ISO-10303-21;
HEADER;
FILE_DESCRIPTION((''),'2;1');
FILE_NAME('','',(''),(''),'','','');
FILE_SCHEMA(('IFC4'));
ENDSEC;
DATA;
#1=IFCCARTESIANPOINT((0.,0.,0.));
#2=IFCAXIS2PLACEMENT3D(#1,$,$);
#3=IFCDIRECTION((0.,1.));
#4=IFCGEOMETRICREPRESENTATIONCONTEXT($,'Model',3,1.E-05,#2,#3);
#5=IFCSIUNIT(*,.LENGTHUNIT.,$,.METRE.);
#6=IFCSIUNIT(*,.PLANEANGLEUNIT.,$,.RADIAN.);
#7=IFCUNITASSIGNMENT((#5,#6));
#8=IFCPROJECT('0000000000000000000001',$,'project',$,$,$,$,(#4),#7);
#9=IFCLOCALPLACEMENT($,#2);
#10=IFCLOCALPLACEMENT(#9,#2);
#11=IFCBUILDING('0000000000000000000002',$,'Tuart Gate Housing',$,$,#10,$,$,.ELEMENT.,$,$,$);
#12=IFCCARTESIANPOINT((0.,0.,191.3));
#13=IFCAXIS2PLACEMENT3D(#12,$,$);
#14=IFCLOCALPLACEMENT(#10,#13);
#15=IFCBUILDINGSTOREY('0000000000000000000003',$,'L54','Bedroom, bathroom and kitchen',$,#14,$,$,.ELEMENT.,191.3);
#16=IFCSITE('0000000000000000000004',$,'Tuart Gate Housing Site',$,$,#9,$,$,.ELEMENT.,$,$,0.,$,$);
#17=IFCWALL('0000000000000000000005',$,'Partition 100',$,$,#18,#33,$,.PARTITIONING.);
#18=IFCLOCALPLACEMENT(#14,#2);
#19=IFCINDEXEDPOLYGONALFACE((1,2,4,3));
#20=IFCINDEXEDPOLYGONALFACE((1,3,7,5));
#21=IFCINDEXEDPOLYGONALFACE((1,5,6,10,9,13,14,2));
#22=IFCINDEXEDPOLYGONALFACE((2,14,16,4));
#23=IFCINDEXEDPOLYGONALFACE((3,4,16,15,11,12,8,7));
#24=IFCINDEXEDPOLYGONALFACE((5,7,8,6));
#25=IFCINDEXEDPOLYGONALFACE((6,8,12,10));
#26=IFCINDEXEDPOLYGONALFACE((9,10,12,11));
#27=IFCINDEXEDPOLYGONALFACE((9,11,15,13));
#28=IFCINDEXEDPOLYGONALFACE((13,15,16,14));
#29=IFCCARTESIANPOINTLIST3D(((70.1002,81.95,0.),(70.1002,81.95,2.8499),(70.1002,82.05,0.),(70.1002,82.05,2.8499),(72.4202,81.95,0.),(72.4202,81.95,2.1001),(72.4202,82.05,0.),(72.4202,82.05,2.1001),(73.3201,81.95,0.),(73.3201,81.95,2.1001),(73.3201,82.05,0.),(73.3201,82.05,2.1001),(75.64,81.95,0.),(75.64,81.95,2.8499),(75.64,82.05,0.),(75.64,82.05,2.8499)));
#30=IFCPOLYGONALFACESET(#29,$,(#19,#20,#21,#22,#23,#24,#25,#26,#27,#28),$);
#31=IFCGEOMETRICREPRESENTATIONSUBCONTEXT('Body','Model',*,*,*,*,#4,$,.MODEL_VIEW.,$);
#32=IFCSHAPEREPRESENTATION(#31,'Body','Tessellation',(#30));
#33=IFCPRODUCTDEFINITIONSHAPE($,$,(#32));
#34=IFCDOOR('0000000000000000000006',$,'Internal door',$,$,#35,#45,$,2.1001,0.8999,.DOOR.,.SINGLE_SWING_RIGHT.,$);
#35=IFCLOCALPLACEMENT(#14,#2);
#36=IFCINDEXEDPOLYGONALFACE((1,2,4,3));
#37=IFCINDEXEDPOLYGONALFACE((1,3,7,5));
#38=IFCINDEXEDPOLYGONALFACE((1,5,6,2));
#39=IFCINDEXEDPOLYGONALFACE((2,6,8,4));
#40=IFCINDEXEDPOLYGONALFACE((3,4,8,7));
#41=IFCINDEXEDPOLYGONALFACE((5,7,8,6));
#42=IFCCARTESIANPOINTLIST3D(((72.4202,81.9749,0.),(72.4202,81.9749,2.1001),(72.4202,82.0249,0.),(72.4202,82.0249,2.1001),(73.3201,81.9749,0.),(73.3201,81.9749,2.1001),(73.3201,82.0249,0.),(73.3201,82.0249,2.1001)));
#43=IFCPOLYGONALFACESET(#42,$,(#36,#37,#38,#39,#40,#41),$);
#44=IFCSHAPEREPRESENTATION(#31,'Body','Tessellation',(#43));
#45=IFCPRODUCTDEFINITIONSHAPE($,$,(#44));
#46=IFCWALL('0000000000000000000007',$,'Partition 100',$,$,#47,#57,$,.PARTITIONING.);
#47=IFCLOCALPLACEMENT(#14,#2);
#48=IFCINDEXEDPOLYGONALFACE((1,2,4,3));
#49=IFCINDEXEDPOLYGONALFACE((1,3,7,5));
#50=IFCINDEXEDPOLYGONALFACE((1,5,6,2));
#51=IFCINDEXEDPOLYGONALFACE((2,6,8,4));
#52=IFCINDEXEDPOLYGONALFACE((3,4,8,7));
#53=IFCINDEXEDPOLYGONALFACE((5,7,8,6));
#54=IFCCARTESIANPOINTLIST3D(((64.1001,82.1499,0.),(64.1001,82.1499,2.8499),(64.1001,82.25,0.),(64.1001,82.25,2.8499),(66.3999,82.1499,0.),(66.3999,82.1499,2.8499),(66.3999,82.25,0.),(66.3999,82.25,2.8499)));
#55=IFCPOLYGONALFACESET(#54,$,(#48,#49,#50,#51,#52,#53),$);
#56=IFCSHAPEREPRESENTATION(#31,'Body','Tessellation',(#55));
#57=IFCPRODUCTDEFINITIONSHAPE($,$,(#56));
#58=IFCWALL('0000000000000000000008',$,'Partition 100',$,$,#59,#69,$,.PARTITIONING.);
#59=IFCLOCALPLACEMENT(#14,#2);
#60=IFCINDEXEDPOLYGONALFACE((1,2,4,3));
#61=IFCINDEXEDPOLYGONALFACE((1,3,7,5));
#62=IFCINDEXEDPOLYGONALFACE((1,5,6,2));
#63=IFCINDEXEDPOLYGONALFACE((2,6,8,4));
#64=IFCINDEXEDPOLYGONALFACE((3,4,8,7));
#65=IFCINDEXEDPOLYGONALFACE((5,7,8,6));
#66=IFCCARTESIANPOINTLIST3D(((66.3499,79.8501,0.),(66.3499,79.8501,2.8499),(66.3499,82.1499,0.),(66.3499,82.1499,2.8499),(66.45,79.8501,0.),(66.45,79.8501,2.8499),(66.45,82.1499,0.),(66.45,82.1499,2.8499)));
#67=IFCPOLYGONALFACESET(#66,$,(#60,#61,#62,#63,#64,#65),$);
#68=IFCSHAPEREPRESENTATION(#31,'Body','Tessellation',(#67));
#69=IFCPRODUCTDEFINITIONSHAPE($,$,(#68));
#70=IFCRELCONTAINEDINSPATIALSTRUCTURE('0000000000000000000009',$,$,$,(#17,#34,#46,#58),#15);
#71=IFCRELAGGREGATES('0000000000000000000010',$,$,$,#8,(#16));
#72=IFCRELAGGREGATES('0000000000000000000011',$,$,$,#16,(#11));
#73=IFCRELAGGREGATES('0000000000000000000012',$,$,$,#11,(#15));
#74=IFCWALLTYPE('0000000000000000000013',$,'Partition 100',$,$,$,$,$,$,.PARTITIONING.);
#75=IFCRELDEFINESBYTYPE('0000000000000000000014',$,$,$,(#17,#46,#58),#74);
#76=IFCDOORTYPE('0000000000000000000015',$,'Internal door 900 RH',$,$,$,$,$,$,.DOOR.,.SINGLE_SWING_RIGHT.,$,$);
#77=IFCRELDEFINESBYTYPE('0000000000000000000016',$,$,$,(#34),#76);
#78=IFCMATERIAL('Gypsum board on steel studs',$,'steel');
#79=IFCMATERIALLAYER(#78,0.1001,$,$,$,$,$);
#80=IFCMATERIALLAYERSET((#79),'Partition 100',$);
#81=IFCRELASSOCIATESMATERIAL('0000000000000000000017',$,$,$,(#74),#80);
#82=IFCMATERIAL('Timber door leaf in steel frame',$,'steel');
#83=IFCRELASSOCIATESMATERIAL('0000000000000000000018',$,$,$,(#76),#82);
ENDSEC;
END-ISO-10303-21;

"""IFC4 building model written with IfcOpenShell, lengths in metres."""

from ifc_helpers import new_model, si_unit, direction, frame, frame_2d, origin, place, context, subcontext, project, spatial, rectangle, extrude, material, layer, layer_set, type_object, element, fill, save


model = new_model("IFC4")

# Units and contexts
model_context = context("Model", 3, precision=1e-05, world=origin(), true_north=direction((0.0, 1.0)))
body_context = subcontext(model_context, "Body", "Model", "MODEL_VIEW")
ifc_project = project(units=[si_unit("LENGTHUNIT", "METRE"), si_unit("PLANEANGLEUNIT", "RADIAN")], contexts=[model_context])

# Site, building, storey
site_placement = place(None, origin())
site = spatial("IfcSite", under=ifc_project, at=site_placement, Name="Tuart Gate Housing Site", CompositionType="ELEMENT", RefElevation=0.0)
building_placement = place(site_placement, origin())
building = spatial("IfcBuilding", under=site, at=building_placement, Name="Tuart Gate Housing", CompositionType="ELEMENT")
storey_placement = place(building_placement, frame((0.0, 0.0, 191.3)))
storey = spatial("IfcBuildingStorey", under=building, at=storey_placement, Name="L54", Description="Bedroom, bathroom and kitchen", CompositionType="ELEMENT", Elevation=191.3)

# Wall, opening, door
ifc_material_1 = material(Name="Gypsum board on steel studs", Category="steel")
ifc_layer_1 = layer(ifc_material_1, 0.1001)
ifc_layer_set_1 = layer_set([ifc_layer_1], Name="Partition 100")
wall_type_1 = type_object("IfcWallType", Name="Partition 100", PredefinedType="PARTITIONING", material=ifc_layer_set_1)
wall_1_placement = place(storey_placement, frame((70.1001, 82.0, 0.0), z_axis=(0.0, 0.0, 1.0), x_axis=(1.0, 0.0, 0.0)))
wall_1 = element("IfcWall", 1, at=wall_1_placement, inside=storey, type_object=wall_type_1, Name="Partition 100", PredefinedType="PARTITIONING", context=body_context, shape_type="SweptSolid", body=[
    extrude(rectangle(XDim=5.5398, YDim=0.1001, at=frame_2d((2.77, 0.0))), origin(), (0.0, 0.0, 1.0), 2.8499),
])
opening_1_placement = place(wall_1_placement, frame((2.3201, 0.0, 0.0)))
opening_1 = element("IfcOpeningElement", 2, at=opening_1_placement, cuts=wall_1, PredefinedType="OPENING", context=body_context, shape_type="SweptSolid", body=[
    extrude(rectangle(XDim=0.8999, YDim=2.1001, at=frame_2d((0.45, 1.05))), frame((0.0, 0.0601, 0.0), z_axis=(0.0, -1.0, 0.0), x_axis=(1.0, 0.0, 0.0)), (0.0, 0.0, 1.0), 0.1201),
])
ifc_material_2 = material(Name="Timber door leaf in steel frame", Category="steel")
door_type = type_object("IfcDoorType", Name="Internal door 900 RH", OperationType="SINGLE_SWING_RIGHT", PredefinedType="DOOR", material=ifc_material_2)
door_placement = place(opening_1_placement, origin())
door = element("IfcDoor", 3, at=door_placement, inside=storey, type_object=door_type, Name="Internal door", OperationType="SINGLE_SWING_RIGHT", OverallHeight=2.1001, OverallWidth=0.8999, PredefinedType="DOOR", context=body_context, shape_type="SweptSolid", body=[
    extrude(rectangle(XDim=0.8999, YDim=2.1001, at=frame_2d((0.45, 1.05))), frame((0.0, 0.0249, 0.0), z_axis=(0.0, -1.0, 0.0), x_axis=(1.0, 0.0, 0.0)), (0.0, 0.0, 1.0), 0.05),
])
fill(opening_1, door)

# Walls
for number, where, z_axis, x_axis, name in (
    (4, (64.1001, 82.2, 0.0), (0.0, 0.0, 1.0), (1.0, 0.0, 0.0), "Partition 100"),
    (5, (66.3999, 79.8501, 0.0), (0.0, 0.0, 1.0), (0.0, 1.0, 0.0), "Partition 100"),
):
    element("IfcWall", number, at=place(storey_placement, frame(where, z_axis=z_axis, x_axis=x_axis)), inside=storey, type_object=wall_type_1, Name=name, PredefinedType="PARTITIONING", context=body_context, shape_type="SweptSolid", body=[
        extrude(rectangle(XDim=2.2998, YDim=0.1001, at=frame_2d((1.1499, 0.0))), origin(), (0.0, 0.0, 1.0), 2.8499),
    ])

save(model, "model.ifc")
